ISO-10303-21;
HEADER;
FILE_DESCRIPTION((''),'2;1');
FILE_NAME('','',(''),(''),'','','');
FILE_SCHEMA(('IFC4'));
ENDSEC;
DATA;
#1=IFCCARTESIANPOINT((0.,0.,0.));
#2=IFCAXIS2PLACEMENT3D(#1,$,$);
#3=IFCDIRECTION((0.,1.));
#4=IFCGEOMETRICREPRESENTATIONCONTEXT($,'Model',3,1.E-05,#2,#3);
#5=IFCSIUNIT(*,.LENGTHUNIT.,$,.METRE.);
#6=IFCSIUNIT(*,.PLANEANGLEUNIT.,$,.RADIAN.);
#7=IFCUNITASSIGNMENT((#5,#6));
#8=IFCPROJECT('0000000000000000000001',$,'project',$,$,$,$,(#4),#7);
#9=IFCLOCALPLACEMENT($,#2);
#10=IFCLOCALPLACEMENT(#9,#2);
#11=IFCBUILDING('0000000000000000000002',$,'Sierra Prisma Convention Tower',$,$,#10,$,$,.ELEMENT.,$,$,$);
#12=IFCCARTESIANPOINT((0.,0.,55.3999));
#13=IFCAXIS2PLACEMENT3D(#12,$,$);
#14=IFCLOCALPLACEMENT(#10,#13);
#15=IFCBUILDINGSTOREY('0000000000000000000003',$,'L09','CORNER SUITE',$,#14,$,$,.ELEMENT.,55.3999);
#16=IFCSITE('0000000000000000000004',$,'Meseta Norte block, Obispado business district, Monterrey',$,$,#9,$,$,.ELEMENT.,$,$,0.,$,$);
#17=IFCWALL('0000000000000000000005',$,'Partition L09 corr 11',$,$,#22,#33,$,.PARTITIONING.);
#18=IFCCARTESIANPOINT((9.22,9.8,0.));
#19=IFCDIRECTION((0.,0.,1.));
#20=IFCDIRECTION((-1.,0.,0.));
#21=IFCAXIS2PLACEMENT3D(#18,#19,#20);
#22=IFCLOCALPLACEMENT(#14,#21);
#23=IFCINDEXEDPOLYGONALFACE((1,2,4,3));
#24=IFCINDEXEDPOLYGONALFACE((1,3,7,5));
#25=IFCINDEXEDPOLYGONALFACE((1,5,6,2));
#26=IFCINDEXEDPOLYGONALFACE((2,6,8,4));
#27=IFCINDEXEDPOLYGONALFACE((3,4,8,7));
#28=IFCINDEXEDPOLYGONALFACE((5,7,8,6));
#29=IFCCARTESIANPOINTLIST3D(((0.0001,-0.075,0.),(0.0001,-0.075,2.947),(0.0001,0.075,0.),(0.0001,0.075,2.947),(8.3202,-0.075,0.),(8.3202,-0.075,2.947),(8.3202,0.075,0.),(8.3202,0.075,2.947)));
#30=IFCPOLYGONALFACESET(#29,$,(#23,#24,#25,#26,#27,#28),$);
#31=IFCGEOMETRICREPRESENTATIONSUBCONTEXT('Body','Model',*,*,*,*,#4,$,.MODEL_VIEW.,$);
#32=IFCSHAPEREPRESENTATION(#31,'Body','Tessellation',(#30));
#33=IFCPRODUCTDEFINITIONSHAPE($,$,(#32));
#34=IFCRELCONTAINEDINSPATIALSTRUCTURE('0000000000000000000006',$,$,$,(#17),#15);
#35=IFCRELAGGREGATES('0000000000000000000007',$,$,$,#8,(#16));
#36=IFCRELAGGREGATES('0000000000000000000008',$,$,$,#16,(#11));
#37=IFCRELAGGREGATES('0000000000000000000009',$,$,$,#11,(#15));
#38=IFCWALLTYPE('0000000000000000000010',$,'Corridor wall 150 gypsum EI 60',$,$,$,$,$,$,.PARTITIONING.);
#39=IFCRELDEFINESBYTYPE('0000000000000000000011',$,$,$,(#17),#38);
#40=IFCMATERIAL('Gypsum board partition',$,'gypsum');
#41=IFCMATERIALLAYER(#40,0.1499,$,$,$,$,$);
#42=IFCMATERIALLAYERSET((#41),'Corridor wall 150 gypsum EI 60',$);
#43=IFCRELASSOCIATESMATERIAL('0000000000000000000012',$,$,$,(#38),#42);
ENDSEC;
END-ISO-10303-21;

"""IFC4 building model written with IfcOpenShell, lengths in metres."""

from ifc_helpers import new_model, si_unit, direction, frame, frame_2d, origin, place, context, subcontext, project, spatial, rectangle, extrude, material, layer, layer_set, type_object, element, save


model = new_model("IFC4")

# Units and contexts
model_context = context("Model", 3, precision=1e-05, world=origin(), true_north=direction((0.0, 1.0)))
body_context = subcontext(model_context, "Body", "Model", "MODEL_VIEW")
ifc_project = project(units=[si_unit("LENGTHUNIT", "METRE"), si_unit("PLANEANGLEUNIT", "RADIAN")], contexts=[model_context])

# Site, building, storey
site_placement = place(None, origin())
site = spatial("IfcSite", under=ifc_project, at=site_placement, Name="Meseta Norte block, Obispado business district, Monterrey", CompositionType="ELEMENT", RefElevation=0.0)
building_placement = place(site_placement, origin())
building = spatial("IfcBuilding", under=site, at=building_placement, Name="Sierra Prisma Convention Tower", CompositionType="ELEMENT")
storey_placement = place(building_placement, frame((0.0, 0.0, 55.3999)))
storey = spatial("IfcBuildingStorey", under=building, at=storey_placement, Name="L09", Description="CORNER SUITE", CompositionType="ELEMENT", Elevation=55.3999)

# Wall
ifc_material_1 = material(Name="Gypsum board partition", Category="gypsum")
ifc_layer_1 = layer(ifc_material_1, 0.1499)
ifc_layer_set_1 = layer_set([ifc_layer_1], Name="Corridor wall 150 gypsum EI 60")
wall_type_1 = type_object("IfcWallType", Name="Corridor wall 150 gypsum EI 60", PredefinedType="PARTITIONING", material=ifc_layer_set_1)
wall_1_placement = place(storey_placement, frame((9.22, 9.8, 0.0), z_axis=(0.0, 0.0, 1.0), x_axis=(-1.0, 0.0, 0.0)))
element("IfcWall", 1, at=wall_1_placement, inside=storey, type_object=wall_type_1, Name="Partition L09 corr 11", PredefinedType="PARTITIONING", context=body_context, shape_type="SweptSolid", body=[
    extrude(rectangle(XDim=8.3201, YDim=0.1499, at=frame_2d((4.1602, 0.0))), origin(), (0.0, 0.0, 1.0), 2.947),
])

save(model, "model.ifc")
